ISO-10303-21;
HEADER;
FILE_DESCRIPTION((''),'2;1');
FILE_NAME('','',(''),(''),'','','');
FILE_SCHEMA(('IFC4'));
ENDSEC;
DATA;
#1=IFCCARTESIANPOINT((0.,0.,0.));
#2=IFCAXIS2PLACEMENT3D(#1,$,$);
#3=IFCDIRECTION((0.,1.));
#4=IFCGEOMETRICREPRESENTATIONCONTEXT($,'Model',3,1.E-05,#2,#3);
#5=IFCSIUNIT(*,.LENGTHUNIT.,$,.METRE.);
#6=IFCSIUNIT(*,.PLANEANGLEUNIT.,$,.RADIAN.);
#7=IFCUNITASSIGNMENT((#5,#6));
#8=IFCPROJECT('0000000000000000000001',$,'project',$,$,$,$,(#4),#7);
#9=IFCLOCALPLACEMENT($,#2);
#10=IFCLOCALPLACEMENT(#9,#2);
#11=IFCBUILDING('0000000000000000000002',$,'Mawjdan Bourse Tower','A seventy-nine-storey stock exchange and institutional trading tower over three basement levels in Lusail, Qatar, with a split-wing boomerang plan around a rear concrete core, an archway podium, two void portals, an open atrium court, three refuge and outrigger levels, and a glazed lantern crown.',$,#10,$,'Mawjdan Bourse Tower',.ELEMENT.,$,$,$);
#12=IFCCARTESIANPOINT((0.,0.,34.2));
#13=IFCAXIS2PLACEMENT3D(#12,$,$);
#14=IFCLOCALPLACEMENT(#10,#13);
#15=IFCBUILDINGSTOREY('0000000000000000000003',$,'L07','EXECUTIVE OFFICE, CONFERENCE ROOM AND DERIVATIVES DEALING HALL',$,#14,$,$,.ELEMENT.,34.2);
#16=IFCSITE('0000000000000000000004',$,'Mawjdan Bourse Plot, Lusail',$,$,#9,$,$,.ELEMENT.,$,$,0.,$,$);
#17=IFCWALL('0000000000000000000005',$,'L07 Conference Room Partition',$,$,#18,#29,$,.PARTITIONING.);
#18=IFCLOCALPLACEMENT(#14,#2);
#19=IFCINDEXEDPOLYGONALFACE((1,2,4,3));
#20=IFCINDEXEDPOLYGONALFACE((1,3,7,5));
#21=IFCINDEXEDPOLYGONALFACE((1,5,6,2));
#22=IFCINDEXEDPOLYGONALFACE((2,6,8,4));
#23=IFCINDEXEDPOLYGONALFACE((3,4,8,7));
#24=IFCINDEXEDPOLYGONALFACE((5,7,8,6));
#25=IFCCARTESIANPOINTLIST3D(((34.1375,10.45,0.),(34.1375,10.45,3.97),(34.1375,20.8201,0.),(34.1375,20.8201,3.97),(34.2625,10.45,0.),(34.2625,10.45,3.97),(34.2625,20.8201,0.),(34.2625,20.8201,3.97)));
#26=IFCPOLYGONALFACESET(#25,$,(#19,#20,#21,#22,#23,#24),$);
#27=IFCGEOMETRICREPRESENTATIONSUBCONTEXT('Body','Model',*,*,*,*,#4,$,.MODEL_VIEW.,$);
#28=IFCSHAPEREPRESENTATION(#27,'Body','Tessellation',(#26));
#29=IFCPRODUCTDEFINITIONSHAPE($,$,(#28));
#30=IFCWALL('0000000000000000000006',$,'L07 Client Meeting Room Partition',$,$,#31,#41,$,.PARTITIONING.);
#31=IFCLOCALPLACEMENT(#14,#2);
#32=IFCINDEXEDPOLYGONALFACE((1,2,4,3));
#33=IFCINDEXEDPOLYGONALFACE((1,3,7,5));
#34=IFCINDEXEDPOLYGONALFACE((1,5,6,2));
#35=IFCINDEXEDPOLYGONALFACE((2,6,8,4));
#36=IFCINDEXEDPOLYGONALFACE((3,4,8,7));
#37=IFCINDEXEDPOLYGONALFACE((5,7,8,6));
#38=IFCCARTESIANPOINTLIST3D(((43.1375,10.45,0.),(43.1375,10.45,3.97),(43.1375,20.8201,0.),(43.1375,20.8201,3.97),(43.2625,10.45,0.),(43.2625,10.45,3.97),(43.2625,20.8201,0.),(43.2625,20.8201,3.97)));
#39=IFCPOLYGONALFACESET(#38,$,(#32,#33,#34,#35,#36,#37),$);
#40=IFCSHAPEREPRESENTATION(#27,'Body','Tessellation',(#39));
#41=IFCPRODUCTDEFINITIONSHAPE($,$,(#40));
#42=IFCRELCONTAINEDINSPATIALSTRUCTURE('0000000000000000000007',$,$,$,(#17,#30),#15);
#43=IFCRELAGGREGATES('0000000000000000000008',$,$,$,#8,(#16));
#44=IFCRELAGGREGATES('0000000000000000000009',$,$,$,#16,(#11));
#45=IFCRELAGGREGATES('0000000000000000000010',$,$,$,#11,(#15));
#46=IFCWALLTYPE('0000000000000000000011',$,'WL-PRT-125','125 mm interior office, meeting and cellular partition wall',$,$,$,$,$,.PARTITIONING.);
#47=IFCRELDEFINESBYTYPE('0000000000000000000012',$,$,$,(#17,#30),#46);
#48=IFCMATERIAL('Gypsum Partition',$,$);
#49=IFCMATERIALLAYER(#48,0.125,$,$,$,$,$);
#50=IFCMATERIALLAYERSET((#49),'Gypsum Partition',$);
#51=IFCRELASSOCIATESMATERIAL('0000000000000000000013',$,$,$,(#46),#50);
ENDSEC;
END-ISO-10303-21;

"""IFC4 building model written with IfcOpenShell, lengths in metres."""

from ifc_helpers import new_model, si_unit, direction, frame, frame_2d, origin, place, context, subcontext, project, spatial, rectangle, extrude, material, layer, layer_set, type_object, element, save


model = new_model("IFC4")

# Units and contexts
model_context = context("Model", 3, precision=1e-05, world=origin(), true_north=direction((0.0, 1.0)))
body_context = subcontext(model_context, "Body", "Model", "MODEL_VIEW")
ifc_project = project(units=[si_unit("LENGTHUNIT", "METRE"), si_unit("PLANEANGLEUNIT", "RADIAN")], contexts=[model_context])

# Site, building, storey
site_placement = place(None, origin())
site = spatial("IfcSite", under=ifc_project, at=site_placement, Name="Mawjdan Bourse Plot, Lusail", CompositionType="ELEMENT", RefElevation=0.0)
building_placement = place(site_placement, origin())
building = spatial("IfcBuilding", under=site, at=building_placement, Name="Mawjdan Bourse Tower", Description="A seventy-nine-storey stock exchange and institutional trading tower over three basement levels in Lusail, Qatar, with a split-wing boomerang plan around a rear concrete core, an archway podium, two void portals, an open atrium court, three refuge and outrigger levels, and a glazed lantern crown.", LongName="Mawjdan Bourse Tower", CompositionType="ELEMENT")
storey_placement = place(building_placement, frame((0.0, 0.0, 34.2)))
storey = spatial("IfcBuildingStorey", under=building, at=storey_placement, Name="L07", Description="EXECUTIVE OFFICE, CONFERENCE ROOM AND DERIVATIVES DEALING HALL", CompositionType="ELEMENT", Elevation=34.2)

# Walls
ifc_material_1 = material(Name="Gypsum Partition")
ifc_layer_1 = layer(ifc_material_1, 0.125)
ifc_layer_set_1 = layer_set([ifc_layer_1], Name="Gypsum Partition")
wall_type_1 = type_object("IfcWallType", Name="WL-PRT-125", Description="125 mm interior office, meeting and cellular partition wall", PredefinedType="PARTITIONING", material=ifc_layer_set_1)
for number, where, z_axis, x_axis, name in (
    (1, (34.2, 10.45, 0.0), (0.0, 0.0, 1.0), (0.0, 1.0, 0.0), "L07 Conference Room Partition"),
    (2, (43.2, 10.45, 0.0), (0.0, 0.0, 1.0), (0.0, 1.0, 0.0), "L07 Client Meeting Room Partition"),
):
    element("IfcWall", number, at=place(storey_placement, frame(where, z_axis=z_axis, x_axis=x_axis)), inside=storey, type_object=wall_type_1, Name=name, PredefinedType="PARTITIONING", context=body_context, shape_type="SweptSolid", body=[
        extrude(rectangle(XDim=10.3701, YDim=0.125, at=frame_2d((5.1851, 0.0))), origin(), (0.0, 0.0, 1.0), 3.97),
    ])

save(model, "model.ifc")
